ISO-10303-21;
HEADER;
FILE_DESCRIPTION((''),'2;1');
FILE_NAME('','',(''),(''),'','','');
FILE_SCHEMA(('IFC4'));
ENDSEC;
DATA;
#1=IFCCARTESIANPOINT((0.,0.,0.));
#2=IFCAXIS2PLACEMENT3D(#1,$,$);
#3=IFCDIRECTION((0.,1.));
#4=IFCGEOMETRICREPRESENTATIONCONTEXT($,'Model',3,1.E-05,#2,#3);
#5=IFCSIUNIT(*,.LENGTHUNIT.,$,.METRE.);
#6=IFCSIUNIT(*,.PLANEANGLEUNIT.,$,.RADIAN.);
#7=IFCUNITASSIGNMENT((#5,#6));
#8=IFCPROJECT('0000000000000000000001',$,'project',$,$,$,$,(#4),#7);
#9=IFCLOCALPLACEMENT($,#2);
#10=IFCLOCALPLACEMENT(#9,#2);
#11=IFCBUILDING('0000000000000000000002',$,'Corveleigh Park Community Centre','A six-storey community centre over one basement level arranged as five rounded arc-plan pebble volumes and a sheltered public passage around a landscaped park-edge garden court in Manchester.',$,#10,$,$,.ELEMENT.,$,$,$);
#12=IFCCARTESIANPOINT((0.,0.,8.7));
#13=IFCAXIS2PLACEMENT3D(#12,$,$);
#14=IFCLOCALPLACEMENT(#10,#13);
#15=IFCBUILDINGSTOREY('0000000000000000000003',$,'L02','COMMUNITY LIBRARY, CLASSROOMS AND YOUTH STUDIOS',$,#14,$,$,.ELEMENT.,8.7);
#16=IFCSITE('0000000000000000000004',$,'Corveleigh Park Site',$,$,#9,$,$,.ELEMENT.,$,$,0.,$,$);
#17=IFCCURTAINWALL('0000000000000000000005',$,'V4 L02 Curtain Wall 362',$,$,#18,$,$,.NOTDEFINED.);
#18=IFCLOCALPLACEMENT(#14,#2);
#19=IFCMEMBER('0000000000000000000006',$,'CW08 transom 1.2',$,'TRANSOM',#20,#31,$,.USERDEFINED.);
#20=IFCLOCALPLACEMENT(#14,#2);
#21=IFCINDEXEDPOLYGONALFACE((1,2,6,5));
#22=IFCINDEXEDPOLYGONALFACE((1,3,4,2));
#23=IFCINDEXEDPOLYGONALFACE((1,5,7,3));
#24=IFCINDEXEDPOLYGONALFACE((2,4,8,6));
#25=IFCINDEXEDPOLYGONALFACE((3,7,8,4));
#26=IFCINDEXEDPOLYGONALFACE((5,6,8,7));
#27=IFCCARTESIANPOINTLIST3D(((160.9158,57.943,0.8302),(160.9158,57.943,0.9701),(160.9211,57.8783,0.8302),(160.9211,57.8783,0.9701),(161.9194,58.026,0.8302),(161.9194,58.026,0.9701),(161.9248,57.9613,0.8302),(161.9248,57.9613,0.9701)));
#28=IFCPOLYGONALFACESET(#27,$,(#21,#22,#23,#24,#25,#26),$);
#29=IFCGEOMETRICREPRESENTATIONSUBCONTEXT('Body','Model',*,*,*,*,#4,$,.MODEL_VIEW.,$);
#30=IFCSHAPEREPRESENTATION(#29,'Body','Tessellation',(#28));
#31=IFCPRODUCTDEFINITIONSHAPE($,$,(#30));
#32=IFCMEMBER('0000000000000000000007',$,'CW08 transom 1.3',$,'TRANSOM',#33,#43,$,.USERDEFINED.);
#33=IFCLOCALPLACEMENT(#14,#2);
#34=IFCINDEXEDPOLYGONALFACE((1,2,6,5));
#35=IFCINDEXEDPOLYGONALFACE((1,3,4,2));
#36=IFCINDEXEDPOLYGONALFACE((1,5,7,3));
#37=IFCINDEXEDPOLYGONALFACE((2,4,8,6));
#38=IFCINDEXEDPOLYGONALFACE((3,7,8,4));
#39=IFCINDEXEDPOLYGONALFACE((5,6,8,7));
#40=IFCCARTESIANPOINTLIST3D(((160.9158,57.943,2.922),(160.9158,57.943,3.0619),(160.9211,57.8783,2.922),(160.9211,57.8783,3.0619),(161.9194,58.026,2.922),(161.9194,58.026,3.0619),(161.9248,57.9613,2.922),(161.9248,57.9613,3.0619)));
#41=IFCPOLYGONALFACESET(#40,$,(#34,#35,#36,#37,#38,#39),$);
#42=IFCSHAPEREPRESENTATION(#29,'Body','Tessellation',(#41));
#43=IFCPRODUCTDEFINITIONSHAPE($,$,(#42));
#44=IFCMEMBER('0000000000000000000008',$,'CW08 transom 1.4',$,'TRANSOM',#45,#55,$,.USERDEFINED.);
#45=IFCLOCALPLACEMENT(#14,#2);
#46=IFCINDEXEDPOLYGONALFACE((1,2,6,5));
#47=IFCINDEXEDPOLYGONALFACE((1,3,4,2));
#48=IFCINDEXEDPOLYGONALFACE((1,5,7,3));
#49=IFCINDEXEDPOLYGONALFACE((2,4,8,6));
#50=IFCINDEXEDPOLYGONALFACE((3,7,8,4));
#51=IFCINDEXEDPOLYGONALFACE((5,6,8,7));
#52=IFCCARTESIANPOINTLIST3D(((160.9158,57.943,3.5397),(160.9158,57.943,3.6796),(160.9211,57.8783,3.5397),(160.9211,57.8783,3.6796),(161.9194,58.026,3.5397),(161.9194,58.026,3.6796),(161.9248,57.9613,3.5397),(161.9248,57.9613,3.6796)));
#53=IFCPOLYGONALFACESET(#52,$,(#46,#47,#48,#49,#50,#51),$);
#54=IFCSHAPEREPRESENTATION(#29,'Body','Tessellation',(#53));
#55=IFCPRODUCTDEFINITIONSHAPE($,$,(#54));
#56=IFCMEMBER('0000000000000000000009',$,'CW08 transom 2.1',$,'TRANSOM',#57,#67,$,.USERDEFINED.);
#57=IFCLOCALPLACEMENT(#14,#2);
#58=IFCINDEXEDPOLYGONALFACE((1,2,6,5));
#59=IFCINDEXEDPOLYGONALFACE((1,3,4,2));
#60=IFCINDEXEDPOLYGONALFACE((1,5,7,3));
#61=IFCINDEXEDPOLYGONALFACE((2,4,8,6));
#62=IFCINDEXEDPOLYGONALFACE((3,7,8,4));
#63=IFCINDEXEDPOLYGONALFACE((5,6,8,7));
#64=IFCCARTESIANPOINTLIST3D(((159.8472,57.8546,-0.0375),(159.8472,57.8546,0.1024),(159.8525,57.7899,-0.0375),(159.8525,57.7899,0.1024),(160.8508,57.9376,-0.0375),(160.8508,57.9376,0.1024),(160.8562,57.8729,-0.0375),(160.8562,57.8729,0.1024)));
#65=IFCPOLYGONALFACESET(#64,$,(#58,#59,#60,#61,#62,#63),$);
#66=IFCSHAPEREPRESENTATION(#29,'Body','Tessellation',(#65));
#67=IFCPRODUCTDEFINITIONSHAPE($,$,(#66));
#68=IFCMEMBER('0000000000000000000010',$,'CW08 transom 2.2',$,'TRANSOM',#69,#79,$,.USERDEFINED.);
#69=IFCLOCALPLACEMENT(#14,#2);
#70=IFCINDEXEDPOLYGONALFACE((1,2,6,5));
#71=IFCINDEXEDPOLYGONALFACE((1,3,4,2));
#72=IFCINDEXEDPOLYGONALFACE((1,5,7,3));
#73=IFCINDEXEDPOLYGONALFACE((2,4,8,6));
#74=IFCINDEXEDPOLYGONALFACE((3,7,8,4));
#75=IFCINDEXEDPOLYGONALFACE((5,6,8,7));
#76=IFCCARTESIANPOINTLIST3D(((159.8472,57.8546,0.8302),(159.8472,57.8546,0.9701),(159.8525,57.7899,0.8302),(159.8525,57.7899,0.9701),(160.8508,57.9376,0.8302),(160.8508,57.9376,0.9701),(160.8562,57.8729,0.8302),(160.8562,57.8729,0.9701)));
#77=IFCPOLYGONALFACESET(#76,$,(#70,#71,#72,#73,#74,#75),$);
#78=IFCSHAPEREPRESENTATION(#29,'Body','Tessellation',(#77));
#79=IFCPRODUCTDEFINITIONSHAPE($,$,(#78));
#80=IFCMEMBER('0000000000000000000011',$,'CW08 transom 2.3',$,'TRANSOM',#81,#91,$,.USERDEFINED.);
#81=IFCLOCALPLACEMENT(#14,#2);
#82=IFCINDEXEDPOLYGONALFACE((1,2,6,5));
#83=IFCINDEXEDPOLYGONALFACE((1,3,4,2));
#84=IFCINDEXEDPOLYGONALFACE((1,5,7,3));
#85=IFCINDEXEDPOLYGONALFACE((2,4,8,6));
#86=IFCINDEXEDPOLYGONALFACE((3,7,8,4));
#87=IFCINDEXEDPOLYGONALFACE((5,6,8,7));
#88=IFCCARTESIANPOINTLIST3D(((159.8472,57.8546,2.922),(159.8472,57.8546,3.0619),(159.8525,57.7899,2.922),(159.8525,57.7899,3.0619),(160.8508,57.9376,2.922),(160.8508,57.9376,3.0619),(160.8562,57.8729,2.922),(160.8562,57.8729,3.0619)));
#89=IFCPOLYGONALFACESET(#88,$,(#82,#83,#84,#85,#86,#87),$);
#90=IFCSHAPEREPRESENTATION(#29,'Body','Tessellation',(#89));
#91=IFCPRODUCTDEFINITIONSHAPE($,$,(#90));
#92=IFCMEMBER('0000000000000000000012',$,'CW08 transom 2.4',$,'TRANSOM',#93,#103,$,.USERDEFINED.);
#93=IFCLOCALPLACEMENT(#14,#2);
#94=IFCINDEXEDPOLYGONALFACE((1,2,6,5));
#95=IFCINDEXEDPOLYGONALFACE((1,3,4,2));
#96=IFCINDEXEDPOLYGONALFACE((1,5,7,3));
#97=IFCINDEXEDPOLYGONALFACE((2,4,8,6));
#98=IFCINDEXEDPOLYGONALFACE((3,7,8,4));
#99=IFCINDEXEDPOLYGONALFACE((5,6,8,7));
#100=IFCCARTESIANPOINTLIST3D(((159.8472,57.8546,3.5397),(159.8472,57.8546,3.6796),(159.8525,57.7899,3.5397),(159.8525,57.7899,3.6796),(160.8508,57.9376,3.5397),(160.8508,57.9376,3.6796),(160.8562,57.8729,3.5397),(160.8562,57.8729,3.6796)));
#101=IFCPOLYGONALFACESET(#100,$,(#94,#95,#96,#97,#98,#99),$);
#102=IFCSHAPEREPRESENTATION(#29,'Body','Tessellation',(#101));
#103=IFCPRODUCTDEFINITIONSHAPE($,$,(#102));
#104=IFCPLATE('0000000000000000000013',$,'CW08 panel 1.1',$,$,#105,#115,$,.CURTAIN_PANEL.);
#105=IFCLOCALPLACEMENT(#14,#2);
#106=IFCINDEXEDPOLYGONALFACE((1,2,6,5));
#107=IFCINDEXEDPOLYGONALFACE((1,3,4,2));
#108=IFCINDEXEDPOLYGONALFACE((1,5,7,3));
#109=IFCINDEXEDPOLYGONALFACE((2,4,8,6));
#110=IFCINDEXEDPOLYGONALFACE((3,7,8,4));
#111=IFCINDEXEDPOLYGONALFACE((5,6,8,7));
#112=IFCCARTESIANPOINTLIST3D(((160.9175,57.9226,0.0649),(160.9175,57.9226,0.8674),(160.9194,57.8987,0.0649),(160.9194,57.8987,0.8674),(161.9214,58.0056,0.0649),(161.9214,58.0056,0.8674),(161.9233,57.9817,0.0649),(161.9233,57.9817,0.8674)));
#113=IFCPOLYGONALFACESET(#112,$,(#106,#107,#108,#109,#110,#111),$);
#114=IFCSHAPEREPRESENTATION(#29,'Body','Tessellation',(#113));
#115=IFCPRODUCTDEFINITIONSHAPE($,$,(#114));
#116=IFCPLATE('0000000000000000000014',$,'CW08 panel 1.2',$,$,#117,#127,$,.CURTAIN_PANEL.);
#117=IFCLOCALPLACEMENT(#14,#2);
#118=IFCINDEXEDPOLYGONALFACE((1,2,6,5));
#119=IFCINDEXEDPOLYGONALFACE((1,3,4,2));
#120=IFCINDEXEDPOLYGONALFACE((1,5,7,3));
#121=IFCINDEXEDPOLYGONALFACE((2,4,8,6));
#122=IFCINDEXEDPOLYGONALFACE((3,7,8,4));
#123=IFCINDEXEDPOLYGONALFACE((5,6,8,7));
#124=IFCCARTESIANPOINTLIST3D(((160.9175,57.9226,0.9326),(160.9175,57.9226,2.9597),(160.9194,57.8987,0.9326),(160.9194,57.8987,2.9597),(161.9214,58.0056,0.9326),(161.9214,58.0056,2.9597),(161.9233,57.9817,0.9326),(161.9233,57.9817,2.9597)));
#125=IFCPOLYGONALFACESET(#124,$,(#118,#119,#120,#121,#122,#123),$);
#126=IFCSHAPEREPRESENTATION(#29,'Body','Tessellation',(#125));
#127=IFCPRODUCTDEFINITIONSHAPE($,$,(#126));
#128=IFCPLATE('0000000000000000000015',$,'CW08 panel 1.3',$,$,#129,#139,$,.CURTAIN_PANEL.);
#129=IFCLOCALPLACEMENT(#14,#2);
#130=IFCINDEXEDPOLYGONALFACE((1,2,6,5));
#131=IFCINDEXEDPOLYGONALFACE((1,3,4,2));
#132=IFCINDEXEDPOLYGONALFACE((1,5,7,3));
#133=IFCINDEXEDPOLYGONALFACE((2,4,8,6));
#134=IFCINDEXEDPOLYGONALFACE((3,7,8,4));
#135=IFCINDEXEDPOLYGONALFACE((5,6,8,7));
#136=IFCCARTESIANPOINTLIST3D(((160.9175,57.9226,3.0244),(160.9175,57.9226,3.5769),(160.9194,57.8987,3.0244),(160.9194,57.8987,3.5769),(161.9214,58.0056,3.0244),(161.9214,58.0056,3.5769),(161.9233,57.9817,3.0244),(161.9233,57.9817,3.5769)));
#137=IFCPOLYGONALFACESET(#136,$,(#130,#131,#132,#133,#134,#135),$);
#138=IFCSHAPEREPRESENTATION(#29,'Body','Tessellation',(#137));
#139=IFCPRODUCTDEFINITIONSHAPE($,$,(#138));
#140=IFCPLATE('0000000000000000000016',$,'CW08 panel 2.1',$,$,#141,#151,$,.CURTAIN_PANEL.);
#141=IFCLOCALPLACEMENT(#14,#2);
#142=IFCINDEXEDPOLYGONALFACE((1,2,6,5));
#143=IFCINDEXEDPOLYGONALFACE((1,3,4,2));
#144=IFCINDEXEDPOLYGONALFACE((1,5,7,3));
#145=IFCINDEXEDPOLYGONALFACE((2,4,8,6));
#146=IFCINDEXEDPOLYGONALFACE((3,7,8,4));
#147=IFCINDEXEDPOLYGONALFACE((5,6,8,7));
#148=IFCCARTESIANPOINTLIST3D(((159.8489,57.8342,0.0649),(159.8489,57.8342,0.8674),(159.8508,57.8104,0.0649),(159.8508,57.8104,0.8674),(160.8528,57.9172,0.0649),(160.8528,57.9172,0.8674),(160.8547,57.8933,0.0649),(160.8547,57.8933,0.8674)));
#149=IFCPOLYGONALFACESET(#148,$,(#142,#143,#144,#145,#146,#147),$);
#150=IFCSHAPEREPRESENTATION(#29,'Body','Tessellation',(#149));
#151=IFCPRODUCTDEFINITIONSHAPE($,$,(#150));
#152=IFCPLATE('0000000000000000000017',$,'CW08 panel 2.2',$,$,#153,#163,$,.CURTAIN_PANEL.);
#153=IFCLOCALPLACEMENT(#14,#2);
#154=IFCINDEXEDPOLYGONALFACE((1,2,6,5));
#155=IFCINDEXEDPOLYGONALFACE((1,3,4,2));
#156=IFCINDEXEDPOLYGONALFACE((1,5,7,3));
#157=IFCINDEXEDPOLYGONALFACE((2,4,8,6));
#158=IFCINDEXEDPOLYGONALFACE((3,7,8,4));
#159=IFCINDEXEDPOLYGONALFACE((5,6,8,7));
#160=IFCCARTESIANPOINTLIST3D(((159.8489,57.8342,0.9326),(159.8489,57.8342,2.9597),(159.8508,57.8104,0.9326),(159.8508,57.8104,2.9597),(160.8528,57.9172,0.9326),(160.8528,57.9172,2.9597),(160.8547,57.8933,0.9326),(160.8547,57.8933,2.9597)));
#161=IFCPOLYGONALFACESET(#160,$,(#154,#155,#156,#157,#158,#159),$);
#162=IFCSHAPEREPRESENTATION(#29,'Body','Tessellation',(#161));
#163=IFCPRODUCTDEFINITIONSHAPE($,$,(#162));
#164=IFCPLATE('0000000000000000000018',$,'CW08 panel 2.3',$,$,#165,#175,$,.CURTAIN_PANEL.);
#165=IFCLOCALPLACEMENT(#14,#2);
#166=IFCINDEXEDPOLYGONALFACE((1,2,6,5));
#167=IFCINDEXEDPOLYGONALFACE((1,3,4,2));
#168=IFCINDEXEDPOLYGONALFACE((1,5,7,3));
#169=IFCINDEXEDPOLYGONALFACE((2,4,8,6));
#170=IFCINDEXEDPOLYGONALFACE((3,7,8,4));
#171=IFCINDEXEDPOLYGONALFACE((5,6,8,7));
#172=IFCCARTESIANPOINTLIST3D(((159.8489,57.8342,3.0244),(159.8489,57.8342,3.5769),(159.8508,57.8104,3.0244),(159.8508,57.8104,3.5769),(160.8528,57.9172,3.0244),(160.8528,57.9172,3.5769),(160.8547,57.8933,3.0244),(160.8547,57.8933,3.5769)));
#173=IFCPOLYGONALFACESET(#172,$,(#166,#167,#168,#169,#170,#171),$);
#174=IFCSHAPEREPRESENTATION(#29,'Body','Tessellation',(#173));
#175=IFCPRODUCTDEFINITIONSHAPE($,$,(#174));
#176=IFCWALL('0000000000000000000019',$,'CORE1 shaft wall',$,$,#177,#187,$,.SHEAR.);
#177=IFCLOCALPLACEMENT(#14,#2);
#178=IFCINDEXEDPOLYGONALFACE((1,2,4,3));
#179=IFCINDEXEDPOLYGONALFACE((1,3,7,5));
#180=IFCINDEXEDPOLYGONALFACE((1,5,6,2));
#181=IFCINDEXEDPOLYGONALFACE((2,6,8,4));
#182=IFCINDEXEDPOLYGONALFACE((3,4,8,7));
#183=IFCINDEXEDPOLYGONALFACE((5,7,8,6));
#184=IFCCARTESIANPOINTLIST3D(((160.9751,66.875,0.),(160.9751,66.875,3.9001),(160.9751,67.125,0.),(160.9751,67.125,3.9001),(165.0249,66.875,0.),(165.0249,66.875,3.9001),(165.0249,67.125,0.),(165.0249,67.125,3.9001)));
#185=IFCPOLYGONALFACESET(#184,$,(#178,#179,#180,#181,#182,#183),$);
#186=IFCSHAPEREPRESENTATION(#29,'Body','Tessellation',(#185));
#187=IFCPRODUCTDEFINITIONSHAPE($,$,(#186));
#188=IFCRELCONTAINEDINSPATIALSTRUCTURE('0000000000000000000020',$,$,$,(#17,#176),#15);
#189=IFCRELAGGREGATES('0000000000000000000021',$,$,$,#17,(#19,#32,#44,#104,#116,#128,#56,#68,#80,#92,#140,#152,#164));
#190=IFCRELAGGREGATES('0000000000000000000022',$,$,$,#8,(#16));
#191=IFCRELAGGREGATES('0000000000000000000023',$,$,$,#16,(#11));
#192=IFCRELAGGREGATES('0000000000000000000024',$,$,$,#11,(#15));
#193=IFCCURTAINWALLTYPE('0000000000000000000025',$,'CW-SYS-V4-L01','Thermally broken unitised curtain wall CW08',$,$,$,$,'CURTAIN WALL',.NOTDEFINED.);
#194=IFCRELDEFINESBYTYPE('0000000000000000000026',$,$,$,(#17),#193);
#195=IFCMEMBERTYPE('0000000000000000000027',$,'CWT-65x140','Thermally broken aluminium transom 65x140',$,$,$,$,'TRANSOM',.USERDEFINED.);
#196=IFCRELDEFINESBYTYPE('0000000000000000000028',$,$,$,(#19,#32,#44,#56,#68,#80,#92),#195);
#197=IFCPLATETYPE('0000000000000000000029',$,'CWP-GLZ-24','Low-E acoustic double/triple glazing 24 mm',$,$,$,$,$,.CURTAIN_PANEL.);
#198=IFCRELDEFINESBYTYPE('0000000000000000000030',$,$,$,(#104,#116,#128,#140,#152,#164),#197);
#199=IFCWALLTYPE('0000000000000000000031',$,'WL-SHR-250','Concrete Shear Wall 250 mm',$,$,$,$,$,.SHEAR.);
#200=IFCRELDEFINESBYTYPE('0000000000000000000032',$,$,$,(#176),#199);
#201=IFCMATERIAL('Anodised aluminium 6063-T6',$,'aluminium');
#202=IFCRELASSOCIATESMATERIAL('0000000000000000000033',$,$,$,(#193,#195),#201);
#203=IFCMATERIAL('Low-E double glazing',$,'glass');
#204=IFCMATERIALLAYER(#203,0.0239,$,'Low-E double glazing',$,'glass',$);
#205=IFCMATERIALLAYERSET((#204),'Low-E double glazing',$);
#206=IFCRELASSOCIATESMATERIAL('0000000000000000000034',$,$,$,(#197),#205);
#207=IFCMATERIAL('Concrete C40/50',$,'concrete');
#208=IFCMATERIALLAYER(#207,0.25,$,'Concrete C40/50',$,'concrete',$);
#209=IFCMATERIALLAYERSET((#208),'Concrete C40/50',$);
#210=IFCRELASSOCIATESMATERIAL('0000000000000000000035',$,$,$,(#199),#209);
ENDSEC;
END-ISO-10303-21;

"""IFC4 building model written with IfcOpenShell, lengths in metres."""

from ifc_helpers import new_model, si_unit, direction, frame, frame_2d, origin, origin_2d, place, context, subcontext, project, spatial, rectangle, extrude, material, layer, layer_set, material_profile, profile_set, type_object, element, aggregate, save


model = new_model("IFC4")

# Units and contexts
model_context = context("Model", 3, precision=1e-05, world=origin(), true_north=direction((0.0, 1.0)))
body_context = subcontext(model_context, "Body", "Model", "MODEL_VIEW")
ifc_project = project(units=[si_unit("LENGTHUNIT", "METRE"), si_unit("PLANEANGLEUNIT", "RADIAN")], contexts=[model_context])

# Site, building, storey
site_placement = place(None, origin())
site = spatial("IfcSite", under=ifc_project, at=site_placement, Name="Corveleigh Park Site", CompositionType="ELEMENT", RefElevation=0.0)
building_placement = place(site_placement, origin())
building = spatial("IfcBuilding", under=site, at=building_placement, Name="Corveleigh Park Community Centre", Description="A six-storey community centre over one basement level arranged as five rounded arc-plan pebble volumes and a sheltered public passage around a landscaped park-edge garden court in Manchester.", CompositionType="ELEMENT")
storey_placement = place(building_placement, frame((0.0, 0.0, 8.7)))
storey = spatial("IfcBuildingStorey", under=building, at=storey_placement, Name="L02", Description="COMMUNITY LIBRARY, CLASSROOMS AND YOUTH STUDIOS", CompositionType="ELEMENT", Elevation=8.7)

# Shared definitions
ifc_material_1 = material(Name="Concrete C40/50", Category="concrete")

# Curtain wall, members, plates
ifc_material_2 = material(Name="Anodised aluminium 6063-T6", Category="aluminium")
curtain_wall_type = type_object("IfcCurtainWallType", Name="CW-SYS-V4-L01", Description="Thermally broken unitised curtain wall CW08", ElementType="CURTAIN WALL", PredefinedType="NOTDEFINED", material=ifc_material_2)
curtain_wall_placement = place(storey_placement, origin())
curtain_wall = element("IfcCurtainWall", 1, at=curtain_wall_placement, inside=storey, type_object=curtain_wall_type, Name="V4 L02 Curtain Wall 362", PredefinedType="NOTDEFINED")
ifc_material_profile_1 = material_profile(ifc_material_2, rectangle(XDim=0.0649, YDim=0.1399, at=origin_2d()), Name="ALU-T65x140", Category="aluminium")
ifc_profile_set_1 = profile_set([ifc_material_profile_1], Name="Anodised aluminium 6063-T6")
member_type_1 = type_object("IfcMemberType", Name="CWT-65x140", Description="Thermally broken aluminium transom 65x140", ElementType="TRANSOM", PredefinedType="USERDEFINED", material=ifc_profile_set_1)
member_1_placement = place(storey_placement, frame((161.9221, 57.9937, 0.9001), z_axis=(-0.996597, -0.082424, 0.0), x_axis=(0.082424, -0.996597, 0.0)))
member_1 = element("IfcMember", 2, at=member_1_placement, type_object=member_type_1, Name="CW08 transom 1.2", ObjectType="TRANSOM", PredefinedType="USERDEFINED", context=body_context, shape_type="SweptSolid", body=[
    extrude(rectangle(XDim=0.0649, YDim=0.1399, at=origin_2d()), origin(), (0.0, 0.0, 1.0), 1.0071),
])
member_2_placement = place(storey_placement, frame((161.9221, 57.9937, 2.9919), z_axis=(-0.996597, -0.082424, 0.0), x_axis=(0.082424, -0.996597, 0.0)))
member_2 = element("IfcMember", 3, at=member_2_placement, type_object=member_type_1, Name="CW08 transom 1.3", ObjectType="TRANSOM", PredefinedType="USERDEFINED", context=body_context, shape_type="SweptSolid", body=[
    extrude(rectangle(XDim=0.0649, YDim=0.1399, at=origin_2d()), origin(), (0.0, 0.0, 1.0), 1.0071),
])
member_3_placement = place(storey_placement, frame((161.9221, 57.9937, 3.6096), z_axis=(-0.996597, -0.082424, 0.0), x_axis=(0.082424, -0.996597, 0.0)))
member_3 = element("IfcMember", 4, at=member_3_placement, type_object=member_type_1, Name="CW08 transom 1.4", ObjectType="TRANSOM", PredefinedType="USERDEFINED", context=body_context, shape_type="SweptSolid", body=[
    extrude(rectangle(XDim=0.0649, YDim=0.1399, at=origin_2d()), origin(), (0.0, 0.0, 1.0), 1.0071),
])
member_4_placement = place(storey_placement, frame((160.8535, 57.9053, 0.0325), z_axis=(-0.996597, -0.082424, 0.0), x_axis=(0.082424, -0.996597, 0.0)))
member_4 = element("IfcMember", 5, at=member_4_placement, type_object=member_type_1, Name="CW08 transom 2.1", ObjectType="TRANSOM", PredefinedType="USERDEFINED", context=body_context, shape_type="SweptSolid", body=[
    extrude(rectangle(XDim=0.0649, YDim=0.1399, at=origin_2d()), origin(), (0.0, 0.0, 1.0), 1.0071),
])
member_5_placement = place(storey_placement, frame((160.8535, 57.9053, 0.9001), z_axis=(-0.996597, -0.082424, 0.0), x_axis=(0.082424, -0.996597, 0.0)))
member_5 = element("IfcMember", 6, at=member_5_placement, type_object=member_type_1, Name="CW08 transom 2.2", ObjectType="TRANSOM", PredefinedType="USERDEFINED", context=body_context, shape_type="SweptSolid", body=[
    extrude(rectangle(XDim=0.0649, YDim=0.1399, at=origin_2d()), origin(), (0.0, 0.0, 1.0), 1.0071),
])
member_6_placement = place(storey_placement, frame((160.8535, 57.9053, 2.9919), z_axis=(-0.996597, -0.082424, 0.0), x_axis=(0.082424, -0.996597, 0.0)))
member_6 = element("IfcMember", 7, at=member_6_placement, type_object=member_type_1, Name="CW08 transom 2.3", ObjectType="TRANSOM", PredefinedType="USERDEFINED", context=body_context, shape_type="SweptSolid", body=[
    extrude(rectangle(XDim=0.0649, YDim=0.1399, at=origin_2d()), origin(), (0.0, 0.0, 1.0), 1.0071),
])
member_7_placement = place(storey_placement, frame((160.8535, 57.9053, 3.6096), z_axis=(-0.996597, -0.082424, 0.0), x_axis=(0.082424, -0.996597, 0.0)))
member_7 = element("IfcMember", 8, at=member_7_placement, type_object=member_type_1, Name="CW08 transom 2.4", ObjectType="TRANSOM", PredefinedType="USERDEFINED", context=body_context, shape_type="SweptSolid", body=[
    extrude(rectangle(XDim=0.0649, YDim=0.1399, at=origin_2d()), origin(), (0.0, 0.0, 1.0), 1.0071),
])
ifc_material_3 = material(Name="Low-E double glazing", Category="glass")
ifc_layer_1 = layer(ifc_material_3, 0.0239, Name="Low-E double glazing", Category="glass")
ifc_layer_set_1 = layer_set([ifc_layer_1], Name="Low-E double glazing")
plate_type = type_object("IfcPlateType", Name="CWP-GLZ-24", Description="Low-E acoustic double/triple glazing 24 mm", PredefinedType="CURTAIN_PANEL", material=ifc_layer_set_1)
plate_1_placement = place(storey_placement, frame((161.4204, 57.9521, 0.0649), z_axis=(0.0, 0.0, 1.0), x_axis=(-0.996602, -0.082371, 0.0)))
plate_1 = element("IfcPlate", 9, at=plate_1_placement, type_object=plate_type, Name="CW08 panel 1.1", PredefinedType="CURTAIN_PANEL", context=body_context, shape_type="SweptSolid", body=[
    extrude(rectangle(XDim=1.0073, YDim=0.0239, at=origin_2d()), origin(), (0.0, 0.0, 1.0), 0.8025),
])
plate_2_placement = place(storey_placement, frame((161.4204, 57.9521, 0.9326), z_axis=(0.0, 0.0, 1.0), x_axis=(-0.996602, -0.082371, 0.0)))
plate_2 = element("IfcPlate", 10, at=plate_2_placement, type_object=plate_type, Name="CW08 panel 1.2", PredefinedType="CURTAIN_PANEL", context=body_context, shape_type="SweptSolid", body=[
    extrude(rectangle(XDim=1.0073, YDim=0.0239, at=origin_2d()), origin(), (0.0, 0.0, 1.0), 2.0271),
])
plate_3_placement = place(storey_placement, frame((161.4204, 57.9521, 3.0244), z_axis=(0.0, 0.0, 1.0), x_axis=(-0.996602, -0.082371, 0.0)))
plate_3 = element("IfcPlate", 11, at=plate_3_placement, type_object=plate_type, Name="CW08 panel 1.3", PredefinedType="CURTAIN_PANEL", context=body_context, shape_type="SweptSolid", body=[
    extrude(rectangle(XDim=1.0073, YDim=0.0239, at=origin_2d()), origin(), (0.0, 0.0, 1.0), 0.5525),
])
plate_4_placement = place(storey_placement, frame((160.3518, 57.8638, 0.0649), z_axis=(0.0, 0.0, 1.0), x_axis=(-0.996602, -0.082371, 0.0)))
plate_4 = element("IfcPlate", 12, at=plate_4_placement, type_object=plate_type, Name="CW08 panel 2.1", PredefinedType="CURTAIN_PANEL", context=body_context, shape_type="SweptSolid", body=[
    extrude(rectangle(XDim=1.0073, YDim=0.0239, at=origin_2d()), origin(), (0.0, 0.0, 1.0), 0.8025),
])
plate_5_placement = place(storey_placement, frame((160.3518, 57.8638, 0.9326), z_axis=(0.0, 0.0, 1.0), x_axis=(-0.996602, -0.082371, 0.0)))
plate_5 = element("IfcPlate", 13, at=plate_5_placement, type_object=plate_type, Name="CW08 panel 2.2", PredefinedType="CURTAIN_PANEL", context=body_context, shape_type="SweptSolid", body=[
    extrude(rectangle(XDim=1.0073, YDim=0.0239, at=origin_2d()), origin(), (0.0, 0.0, 1.0), 2.0271),
])
plate_6_placement = place(storey_placement, frame((160.3518, 57.8638, 3.0244), z_axis=(0.0, 0.0, 1.0), x_axis=(-0.996602, -0.082371, 0.0)))
plate_6 = element("IfcPlate", 14, at=plate_6_placement, type_object=plate_type, Name="CW08 panel 2.3", PredefinedType="CURTAIN_PANEL", context=body_context, shape_type="SweptSolid", body=[
    extrude(rectangle(XDim=1.0073, YDim=0.0239, at=origin_2d()), origin(), (0.0, 0.0, 1.0), 0.5525),
])
aggregate(curtain_wall, [member_1, member_2, member_3, plate_1, plate_2, plate_3, member_4, member_5, member_6, member_7, plate_4, plate_5, plate_6])

# Wall
ifc_layer_2 = layer(ifc_material_1, 0.25, Name="Concrete C40/50", Category="concrete")
ifc_layer_set_2 = layer_set([ifc_layer_2], Name="Concrete C40/50")
wall_type_1 = type_object("IfcWallType", Name="WL-SHR-250", Description="Concrete Shear Wall 250 mm", PredefinedType="SHEAR", material=ifc_layer_set_2)
wall_1_placement = place(storey_placement, frame((160.9751, 67.0, 0.0), z_axis=(0.0, 0.0, 1.0), x_axis=(1.0, 0.0, 0.0)))
element("IfcWall", 15, at=wall_1_placement, inside=storey, type_object=wall_type_1, Name="CORE1 shaft wall", PredefinedType="SHEAR", context=body_context, shape_type="SweptSolid", body=[
    extrude(rectangle(XDim=4.0498, YDim=0.25, at=frame_2d((2.0249, 0.0))), origin(), (0.0, 0.0, 1.0), 3.9001),
])

save(model, "model.ifc")
